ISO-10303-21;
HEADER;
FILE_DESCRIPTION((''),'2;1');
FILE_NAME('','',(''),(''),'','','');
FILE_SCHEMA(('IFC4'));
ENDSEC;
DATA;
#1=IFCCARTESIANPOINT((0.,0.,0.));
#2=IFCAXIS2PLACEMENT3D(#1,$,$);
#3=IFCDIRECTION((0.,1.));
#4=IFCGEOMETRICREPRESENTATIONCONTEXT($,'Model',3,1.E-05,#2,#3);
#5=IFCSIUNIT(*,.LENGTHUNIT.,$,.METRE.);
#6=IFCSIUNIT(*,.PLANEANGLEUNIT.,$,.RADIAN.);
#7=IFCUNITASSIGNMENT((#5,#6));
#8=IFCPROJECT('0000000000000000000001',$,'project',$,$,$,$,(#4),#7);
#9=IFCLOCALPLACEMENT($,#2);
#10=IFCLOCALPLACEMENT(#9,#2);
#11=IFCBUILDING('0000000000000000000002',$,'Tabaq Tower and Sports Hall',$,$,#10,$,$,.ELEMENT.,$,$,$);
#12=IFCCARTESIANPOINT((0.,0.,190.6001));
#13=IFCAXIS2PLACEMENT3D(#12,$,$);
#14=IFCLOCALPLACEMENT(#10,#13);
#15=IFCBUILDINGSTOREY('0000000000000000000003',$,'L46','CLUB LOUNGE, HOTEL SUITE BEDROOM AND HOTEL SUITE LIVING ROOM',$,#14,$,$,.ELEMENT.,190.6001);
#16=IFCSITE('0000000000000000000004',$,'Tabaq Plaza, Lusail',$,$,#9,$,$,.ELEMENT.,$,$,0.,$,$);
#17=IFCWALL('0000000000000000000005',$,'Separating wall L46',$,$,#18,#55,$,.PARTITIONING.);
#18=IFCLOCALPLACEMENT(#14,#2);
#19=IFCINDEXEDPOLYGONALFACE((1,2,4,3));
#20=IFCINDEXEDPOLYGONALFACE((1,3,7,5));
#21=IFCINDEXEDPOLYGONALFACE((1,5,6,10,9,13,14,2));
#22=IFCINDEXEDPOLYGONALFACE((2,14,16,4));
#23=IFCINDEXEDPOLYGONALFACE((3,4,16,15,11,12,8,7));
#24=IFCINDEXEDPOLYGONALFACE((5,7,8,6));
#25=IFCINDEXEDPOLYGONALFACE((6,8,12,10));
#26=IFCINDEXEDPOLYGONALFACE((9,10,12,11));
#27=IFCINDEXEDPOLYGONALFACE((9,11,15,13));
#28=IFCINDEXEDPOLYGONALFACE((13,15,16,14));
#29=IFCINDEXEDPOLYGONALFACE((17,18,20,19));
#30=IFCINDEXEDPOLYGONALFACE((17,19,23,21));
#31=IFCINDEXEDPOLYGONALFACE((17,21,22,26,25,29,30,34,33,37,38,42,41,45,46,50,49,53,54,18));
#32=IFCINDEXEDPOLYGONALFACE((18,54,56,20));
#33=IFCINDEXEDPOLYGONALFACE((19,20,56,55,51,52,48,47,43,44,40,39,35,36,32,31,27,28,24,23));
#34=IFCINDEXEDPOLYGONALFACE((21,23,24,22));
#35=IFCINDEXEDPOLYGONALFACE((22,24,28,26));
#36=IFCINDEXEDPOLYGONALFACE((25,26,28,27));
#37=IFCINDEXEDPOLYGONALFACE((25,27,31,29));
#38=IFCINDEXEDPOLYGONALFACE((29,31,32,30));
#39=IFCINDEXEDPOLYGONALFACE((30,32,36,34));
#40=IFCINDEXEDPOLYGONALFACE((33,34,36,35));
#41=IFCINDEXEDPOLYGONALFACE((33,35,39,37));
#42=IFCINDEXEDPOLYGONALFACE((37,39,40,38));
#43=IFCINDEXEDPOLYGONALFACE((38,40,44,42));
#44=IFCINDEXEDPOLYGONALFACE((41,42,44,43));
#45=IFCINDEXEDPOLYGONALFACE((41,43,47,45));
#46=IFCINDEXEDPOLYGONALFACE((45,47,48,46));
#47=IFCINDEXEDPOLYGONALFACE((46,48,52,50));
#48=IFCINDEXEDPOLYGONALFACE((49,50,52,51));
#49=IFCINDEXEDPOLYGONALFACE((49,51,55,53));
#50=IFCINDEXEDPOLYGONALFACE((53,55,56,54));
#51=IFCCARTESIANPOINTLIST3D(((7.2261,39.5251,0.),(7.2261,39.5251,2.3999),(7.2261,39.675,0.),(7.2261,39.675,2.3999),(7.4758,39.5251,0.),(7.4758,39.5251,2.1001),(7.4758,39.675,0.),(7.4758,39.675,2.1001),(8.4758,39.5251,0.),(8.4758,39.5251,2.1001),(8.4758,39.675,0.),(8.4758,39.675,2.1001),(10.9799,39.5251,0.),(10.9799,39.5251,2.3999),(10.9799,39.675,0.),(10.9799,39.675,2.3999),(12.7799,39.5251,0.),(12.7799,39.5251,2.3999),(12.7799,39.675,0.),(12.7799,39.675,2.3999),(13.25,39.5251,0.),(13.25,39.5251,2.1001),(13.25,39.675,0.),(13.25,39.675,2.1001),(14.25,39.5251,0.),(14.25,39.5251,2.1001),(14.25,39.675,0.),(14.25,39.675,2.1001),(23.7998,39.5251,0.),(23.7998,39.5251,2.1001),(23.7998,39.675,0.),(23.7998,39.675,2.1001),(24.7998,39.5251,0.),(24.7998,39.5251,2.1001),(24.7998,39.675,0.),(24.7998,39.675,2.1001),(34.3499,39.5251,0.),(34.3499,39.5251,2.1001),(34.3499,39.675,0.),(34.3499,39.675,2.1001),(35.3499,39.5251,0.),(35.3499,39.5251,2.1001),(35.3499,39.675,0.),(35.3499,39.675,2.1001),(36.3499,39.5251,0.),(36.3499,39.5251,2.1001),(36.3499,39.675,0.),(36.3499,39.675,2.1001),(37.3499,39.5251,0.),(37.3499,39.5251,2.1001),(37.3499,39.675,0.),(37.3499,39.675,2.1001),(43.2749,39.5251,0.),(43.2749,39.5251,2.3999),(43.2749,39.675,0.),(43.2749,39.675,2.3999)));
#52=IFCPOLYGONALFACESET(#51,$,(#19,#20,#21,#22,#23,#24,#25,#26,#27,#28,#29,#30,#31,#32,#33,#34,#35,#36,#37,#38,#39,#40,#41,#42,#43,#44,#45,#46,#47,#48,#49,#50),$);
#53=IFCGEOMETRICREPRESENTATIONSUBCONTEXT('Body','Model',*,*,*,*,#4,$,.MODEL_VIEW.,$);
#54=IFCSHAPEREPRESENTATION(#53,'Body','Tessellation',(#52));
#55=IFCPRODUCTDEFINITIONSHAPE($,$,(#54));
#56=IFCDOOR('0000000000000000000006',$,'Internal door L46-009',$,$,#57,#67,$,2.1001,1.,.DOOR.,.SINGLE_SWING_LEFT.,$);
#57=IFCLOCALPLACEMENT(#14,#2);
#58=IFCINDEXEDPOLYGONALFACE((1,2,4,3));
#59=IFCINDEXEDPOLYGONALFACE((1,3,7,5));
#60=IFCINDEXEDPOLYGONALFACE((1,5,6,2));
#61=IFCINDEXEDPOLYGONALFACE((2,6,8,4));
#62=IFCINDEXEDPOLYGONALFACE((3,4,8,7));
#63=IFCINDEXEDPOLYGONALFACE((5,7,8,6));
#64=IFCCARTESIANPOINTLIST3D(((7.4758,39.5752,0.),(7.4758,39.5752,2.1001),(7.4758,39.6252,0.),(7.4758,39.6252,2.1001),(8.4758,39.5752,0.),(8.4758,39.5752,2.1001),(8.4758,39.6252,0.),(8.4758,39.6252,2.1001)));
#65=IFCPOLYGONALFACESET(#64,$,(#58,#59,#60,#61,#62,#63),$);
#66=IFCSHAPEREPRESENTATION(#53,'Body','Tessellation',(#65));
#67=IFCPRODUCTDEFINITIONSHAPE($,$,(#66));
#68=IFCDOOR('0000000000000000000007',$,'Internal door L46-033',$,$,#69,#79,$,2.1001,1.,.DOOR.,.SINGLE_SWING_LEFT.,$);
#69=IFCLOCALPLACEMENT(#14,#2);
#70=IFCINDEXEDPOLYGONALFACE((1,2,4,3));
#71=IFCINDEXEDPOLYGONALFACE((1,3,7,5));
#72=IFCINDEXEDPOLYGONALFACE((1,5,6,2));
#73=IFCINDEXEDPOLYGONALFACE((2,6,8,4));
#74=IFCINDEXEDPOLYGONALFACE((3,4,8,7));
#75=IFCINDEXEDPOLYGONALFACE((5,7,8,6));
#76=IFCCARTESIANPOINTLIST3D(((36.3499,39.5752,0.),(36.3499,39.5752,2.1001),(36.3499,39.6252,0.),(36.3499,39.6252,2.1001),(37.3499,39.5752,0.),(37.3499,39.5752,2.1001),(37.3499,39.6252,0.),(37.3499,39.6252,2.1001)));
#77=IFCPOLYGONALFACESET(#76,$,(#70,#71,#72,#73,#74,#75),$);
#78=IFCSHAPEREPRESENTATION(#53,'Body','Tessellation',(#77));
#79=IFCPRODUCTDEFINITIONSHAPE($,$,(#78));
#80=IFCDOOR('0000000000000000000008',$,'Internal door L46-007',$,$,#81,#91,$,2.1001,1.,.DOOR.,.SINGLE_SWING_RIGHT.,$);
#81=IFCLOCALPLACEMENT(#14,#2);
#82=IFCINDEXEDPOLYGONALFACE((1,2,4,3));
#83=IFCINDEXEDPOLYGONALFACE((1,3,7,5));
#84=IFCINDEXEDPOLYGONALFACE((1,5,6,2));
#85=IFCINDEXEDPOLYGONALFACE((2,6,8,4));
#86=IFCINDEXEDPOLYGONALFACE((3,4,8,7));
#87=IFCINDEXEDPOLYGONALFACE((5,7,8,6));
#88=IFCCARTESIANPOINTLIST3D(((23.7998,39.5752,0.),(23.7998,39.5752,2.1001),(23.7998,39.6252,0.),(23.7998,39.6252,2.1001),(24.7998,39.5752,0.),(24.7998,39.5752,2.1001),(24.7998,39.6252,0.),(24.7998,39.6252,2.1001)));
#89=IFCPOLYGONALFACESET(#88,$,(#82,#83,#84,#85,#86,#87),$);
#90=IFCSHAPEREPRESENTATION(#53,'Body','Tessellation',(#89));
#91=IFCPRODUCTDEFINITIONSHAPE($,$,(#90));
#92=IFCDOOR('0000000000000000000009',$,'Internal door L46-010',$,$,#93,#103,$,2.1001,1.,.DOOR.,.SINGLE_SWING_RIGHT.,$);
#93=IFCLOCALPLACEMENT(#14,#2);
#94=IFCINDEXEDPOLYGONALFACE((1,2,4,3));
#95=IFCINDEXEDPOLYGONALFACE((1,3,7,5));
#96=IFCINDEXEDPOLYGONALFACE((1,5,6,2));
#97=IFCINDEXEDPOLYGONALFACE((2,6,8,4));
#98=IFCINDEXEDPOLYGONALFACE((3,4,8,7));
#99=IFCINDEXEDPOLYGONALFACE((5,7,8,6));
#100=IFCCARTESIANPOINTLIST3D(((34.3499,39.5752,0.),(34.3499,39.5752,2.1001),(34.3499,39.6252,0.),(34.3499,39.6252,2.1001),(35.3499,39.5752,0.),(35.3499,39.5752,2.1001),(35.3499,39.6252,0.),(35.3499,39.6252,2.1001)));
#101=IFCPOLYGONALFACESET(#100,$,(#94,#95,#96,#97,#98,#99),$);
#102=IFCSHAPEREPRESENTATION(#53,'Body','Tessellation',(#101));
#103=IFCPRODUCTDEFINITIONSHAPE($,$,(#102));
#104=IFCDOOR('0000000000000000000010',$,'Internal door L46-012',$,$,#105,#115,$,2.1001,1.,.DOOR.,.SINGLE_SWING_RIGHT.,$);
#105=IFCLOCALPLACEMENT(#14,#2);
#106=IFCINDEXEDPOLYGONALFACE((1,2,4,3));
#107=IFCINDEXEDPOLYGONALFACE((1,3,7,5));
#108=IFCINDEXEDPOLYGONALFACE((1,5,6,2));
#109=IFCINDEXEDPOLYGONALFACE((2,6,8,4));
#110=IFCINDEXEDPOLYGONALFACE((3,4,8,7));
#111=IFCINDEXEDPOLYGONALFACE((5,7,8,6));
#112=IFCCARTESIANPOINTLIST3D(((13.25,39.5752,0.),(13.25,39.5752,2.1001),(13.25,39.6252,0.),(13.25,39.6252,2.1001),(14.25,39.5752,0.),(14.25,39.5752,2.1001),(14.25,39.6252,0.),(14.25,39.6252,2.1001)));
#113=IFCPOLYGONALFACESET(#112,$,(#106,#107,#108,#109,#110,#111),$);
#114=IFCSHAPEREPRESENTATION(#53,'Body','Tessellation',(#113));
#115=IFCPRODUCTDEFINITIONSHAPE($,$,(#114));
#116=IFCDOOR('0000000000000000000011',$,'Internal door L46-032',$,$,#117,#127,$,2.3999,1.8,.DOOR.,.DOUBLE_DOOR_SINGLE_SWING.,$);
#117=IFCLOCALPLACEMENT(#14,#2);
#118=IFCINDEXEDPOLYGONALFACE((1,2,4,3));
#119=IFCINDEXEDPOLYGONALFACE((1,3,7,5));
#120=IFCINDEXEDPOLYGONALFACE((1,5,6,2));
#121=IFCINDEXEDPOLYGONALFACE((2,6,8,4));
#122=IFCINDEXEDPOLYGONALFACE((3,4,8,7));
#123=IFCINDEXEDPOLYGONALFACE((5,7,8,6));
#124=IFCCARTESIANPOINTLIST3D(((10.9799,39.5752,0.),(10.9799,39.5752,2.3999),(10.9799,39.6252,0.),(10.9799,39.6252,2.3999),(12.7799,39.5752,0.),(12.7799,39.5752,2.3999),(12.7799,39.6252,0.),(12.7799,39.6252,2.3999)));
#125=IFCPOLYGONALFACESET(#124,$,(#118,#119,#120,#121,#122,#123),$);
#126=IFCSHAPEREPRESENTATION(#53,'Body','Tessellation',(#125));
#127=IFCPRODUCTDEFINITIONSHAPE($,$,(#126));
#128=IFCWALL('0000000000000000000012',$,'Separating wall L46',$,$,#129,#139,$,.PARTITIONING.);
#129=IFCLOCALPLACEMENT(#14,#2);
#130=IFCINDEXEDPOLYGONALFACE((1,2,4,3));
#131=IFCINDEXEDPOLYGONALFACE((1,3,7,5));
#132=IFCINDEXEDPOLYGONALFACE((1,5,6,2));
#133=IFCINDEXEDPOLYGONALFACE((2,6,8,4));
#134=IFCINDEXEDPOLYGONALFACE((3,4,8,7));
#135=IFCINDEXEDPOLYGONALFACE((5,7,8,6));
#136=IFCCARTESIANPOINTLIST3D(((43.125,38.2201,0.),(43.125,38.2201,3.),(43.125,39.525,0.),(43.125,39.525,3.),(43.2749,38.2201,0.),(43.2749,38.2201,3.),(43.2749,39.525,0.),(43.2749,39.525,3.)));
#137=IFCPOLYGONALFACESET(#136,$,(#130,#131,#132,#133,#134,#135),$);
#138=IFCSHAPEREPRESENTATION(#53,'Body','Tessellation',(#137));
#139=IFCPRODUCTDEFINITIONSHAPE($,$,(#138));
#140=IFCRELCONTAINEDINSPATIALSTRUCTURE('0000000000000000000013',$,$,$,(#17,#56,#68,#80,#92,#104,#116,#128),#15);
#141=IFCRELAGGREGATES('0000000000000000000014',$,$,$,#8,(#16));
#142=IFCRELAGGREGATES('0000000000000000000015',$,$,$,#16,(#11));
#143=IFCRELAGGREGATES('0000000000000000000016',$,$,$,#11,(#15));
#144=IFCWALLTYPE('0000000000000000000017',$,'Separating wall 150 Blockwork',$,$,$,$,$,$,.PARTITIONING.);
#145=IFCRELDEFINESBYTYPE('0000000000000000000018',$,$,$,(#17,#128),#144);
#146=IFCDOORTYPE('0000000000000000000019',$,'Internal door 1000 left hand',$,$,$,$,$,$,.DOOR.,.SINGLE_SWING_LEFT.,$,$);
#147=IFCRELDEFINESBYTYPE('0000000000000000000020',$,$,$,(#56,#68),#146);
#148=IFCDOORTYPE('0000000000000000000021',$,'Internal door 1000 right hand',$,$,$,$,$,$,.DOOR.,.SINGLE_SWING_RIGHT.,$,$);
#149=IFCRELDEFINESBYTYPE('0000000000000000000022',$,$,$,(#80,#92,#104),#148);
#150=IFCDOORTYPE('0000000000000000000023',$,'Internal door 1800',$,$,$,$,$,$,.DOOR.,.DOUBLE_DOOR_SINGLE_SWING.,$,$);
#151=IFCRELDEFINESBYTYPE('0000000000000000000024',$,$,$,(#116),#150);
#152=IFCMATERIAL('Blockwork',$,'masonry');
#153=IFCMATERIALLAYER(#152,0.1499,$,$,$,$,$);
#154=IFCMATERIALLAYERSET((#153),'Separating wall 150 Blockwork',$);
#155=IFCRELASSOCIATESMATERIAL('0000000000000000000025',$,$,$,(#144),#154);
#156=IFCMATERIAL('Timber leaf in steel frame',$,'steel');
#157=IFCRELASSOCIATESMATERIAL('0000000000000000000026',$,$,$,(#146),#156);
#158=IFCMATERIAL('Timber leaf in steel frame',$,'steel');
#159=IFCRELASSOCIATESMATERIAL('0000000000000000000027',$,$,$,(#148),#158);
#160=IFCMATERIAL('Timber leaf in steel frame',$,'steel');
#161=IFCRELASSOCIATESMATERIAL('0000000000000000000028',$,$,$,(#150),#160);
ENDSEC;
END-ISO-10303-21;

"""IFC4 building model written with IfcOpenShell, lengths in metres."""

from ifc_helpers import new_model, si_unit, direction, frame, frame_2d, origin, place, context, subcontext, project, spatial, rectangle, extrude, material, layer, layer_set, type_object, element, fill, save


model = new_model("IFC4")

# Units and contexts
model_context = context("Model", 3, precision=1e-05, world=origin(), true_north=direction((0.0, 1.0)))
body_context = subcontext(model_context, "Body", "Model", "MODEL_VIEW")
ifc_project = project(units=[si_unit("LENGTHUNIT", "METRE"), si_unit("PLANEANGLEUNIT", "RADIAN")], contexts=[model_context])

# Site, building, storey
site_placement = place(None, origin())
site = spatial("IfcSite", under=ifc_project, at=site_placement, Name="Tabaq Plaza, Lusail", CompositionType="ELEMENT", RefElevation=0.0)
building_placement = place(site_placement, origin())
building = spatial("IfcBuilding", under=site, at=building_placement, Name="Tabaq Tower and Sports Hall", CompositionType="ELEMENT")
storey_placement = place(building_placement, frame((0.0, 0.0, 190.6001)))
storey = spatial("IfcBuildingStorey", under=building, at=storey_placement, Name="L46", Description="CLUB LOUNGE, HOTEL SUITE BEDROOM AND HOTEL SUITE LIVING ROOM", CompositionType="ELEMENT", Elevation=190.6001)

# Wall, openings, doors
ifc_material_1 = material(Name="Blockwork", Category="masonry")
ifc_layer_1 = layer(ifc_material_1, 0.1499)
ifc_layer_set_1 = layer_set([ifc_layer_1], Name="Separating wall 150 Blockwork")
wall_type = type_object("IfcWallType", Name="Separating wall 150 Blockwork", PredefinedType="PARTITIONING", material=ifc_layer_set_1)
wall_1_placement = place(storey_placement, frame((43.2749, 39.6001, 0.0), z_axis=(0.0, 0.0, 1.0), x_axis=(-1.0, 0.0, 0.0)))
wall_1 = element("IfcWall", 1, at=wall_1_placement, inside=storey, type_object=wall_type, Name="Separating wall L46", PredefinedType="PARTITIONING", context=body_context, shape_type="SweptSolid", body=[
    extrude(rectangle(XDim=36.0488, YDim=0.1499, at=frame_2d((18.0244, 0.0))), origin(), (0.0, 0.0, 1.0), 2.3999),
])
opening_1_placement = place(wall_1_placement, frame((18.4751, 0.0, 0.0)))
opening_1 = element("IfcOpeningElement", 2, at=opening_1_placement, cuts=wall_1, PredefinedType="OPENING", context=body_context, shape_type="SweptSolid", body=[
    extrude(rectangle(XDim=1.0, YDim=2.1001, at=frame_2d((0.5, 1.05))), frame((0.0, 0.075, 0.0), z_axis=(0.0, -1.0, 0.0), x_axis=(1.0, 0.0, 0.0)), (0.0, 0.0, 1.0), 0.1499),
])
opening_2_placement = place(wall_1_placement, frame((34.7991, 0.0, 0.0)))
opening_2 = element("IfcOpeningElement", 3, at=opening_2_placement, cuts=wall_1, PredefinedType="OPENING", context=body_context, shape_type="SweptSolid", body=[
    extrude(rectangle(XDim=1.0, YDim=2.1001, at=frame_2d((0.5, 1.05))), frame((0.0, 0.075, 0.0), z_axis=(0.0, -1.0, 0.0), x_axis=(1.0, 0.0, 0.0)), (0.0, 0.0, 1.0), 0.1499),
])
opening_3_placement = place(wall_1_placement, frame((7.925, 0.0, 0.0)))
opening_3 = element("IfcOpeningElement", 4, at=opening_3_placement, cuts=wall_1, PredefinedType="OPENING", context=body_context, shape_type="SweptSolid", body=[
    extrude(rectangle(XDim=1.0, YDim=2.1001, at=frame_2d((0.5, 1.05))), frame((0.0, 0.075, 0.0), z_axis=(0.0, -1.0, 0.0), x_axis=(1.0, 0.0, 0.0)), (0.0, 0.0, 1.0), 0.1499),
])
opening_4_placement = place(wall_1_placement, frame((29.0249, 0.0, 0.0)))
opening_4 = element("IfcOpeningElement", 5, at=opening_4_placement, cuts=wall_1, PredefinedType="OPENING", context=body_context, shape_type="SweptSolid", body=[
    extrude(rectangle(XDim=1.0, YDim=2.1001, at=frame_2d((0.5, 1.05))), frame((0.0, 0.075, 0.0), z_axis=(0.0, -1.0, 0.0), x_axis=(1.0, 0.0, 0.0)), (0.0, 0.0, 1.0), 0.1499),
])
opening_5_placement = place(wall_1_placement, frame((30.4951, 0.0, 0.0)))
opening_5 = element("IfcOpeningElement", 6, at=opening_5_placement, cuts=wall_1, PredefinedType="OPENING", context=body_context, shape_type="SweptSolid", body=[
    extrude(rectangle(XDim=1.8, YDim=2.3999, at=frame_2d((0.8999, 1.2))), frame((0.0, 0.075, 0.0), z_axis=(0.0, -1.0, 0.0), x_axis=(1.0, 0.0, 0.0)), (0.0, 0.0, 1.0), 0.1499),
])
opening_6_placement = place(wall_1_placement, frame((5.925, 0.0, 0.0)))
opening_6 = element("IfcOpeningElement", 7, at=opening_6_placement, cuts=wall_1, PredefinedType="OPENING", context=body_context, shape_type="SweptSolid", body=[
    extrude(rectangle(XDim=1.0, YDim=2.1001, at=frame_2d((0.5, 1.05))), frame((0.0, 0.075, 0.0), z_axis=(0.0, -1.0, 0.0), x_axis=(1.0, 0.0, 0.0)), (0.0, 0.0, 1.0), 0.1499),
])
ifc_material_2 = material(Name="Timber leaf in steel frame", Category="steel")
door_type_1 = type_object("IfcDoorType", Name="Internal door 1000 left hand", OperationType="SINGLE_SWING_LEFT", PredefinedType="DOOR", material=ifc_material_2)
door_1_placement = place(opening_2_placement, origin())
door_1 = element("IfcDoor", 8, at=door_1_placement, inside=storey, type_object=door_type_1, Name="Internal door L46-009", OperationType="SINGLE_SWING_LEFT", OverallHeight=2.1001, OverallWidth=1.0, PredefinedType="DOOR", context=body_context, shape_type="SweptSolid", body=[
    extrude(rectangle(XDim=1.0, YDim=2.1001, at=frame_2d((0.5, 1.05))), frame((0.0, 0.0249, 0.0), z_axis=(0.0, -1.0, 0.0), x_axis=(1.0, 0.0, 0.0)), (0.0, 0.0, 1.0), 0.05),
])
fill(opening_2, door_1)
door_2_placement = place(opening_6_placement, origin())
door_2 = element("IfcDoor", 9, at=door_2_placement, inside=storey, type_object=door_type_1, Name="Internal door L46-033", OperationType="SINGLE_SWING_LEFT", OverallHeight=2.1001, OverallWidth=1.0, PredefinedType="DOOR", context=body_context, shape_type="SweptSolid", body=[
    extrude(rectangle(XDim=1.0, YDim=2.1001, at=frame_2d((0.5, 1.05))), frame((0.0, 0.0249, 0.0), z_axis=(0.0, -1.0, 0.0), x_axis=(1.0, 0.0, 0.0)), (0.0, 0.0, 1.0), 0.05),
])
fill(opening_6, door_2)
ifc_material_3 = material(Name="Timber leaf in steel frame", Category="steel")
door_type_2 = type_object("IfcDoorType", Name="Internal door 1000 right hand", OperationType="SINGLE_SWING_RIGHT", PredefinedType="DOOR", material=ifc_material_3)
door_3_placement = place(opening_1_placement, origin())
door_3 = element("IfcDoor", 10, at=door_3_placement, inside=storey, type_object=door_type_2, Name="Internal door L46-007", OperationType="SINGLE_SWING_RIGHT", OverallHeight=2.1001, OverallWidth=1.0, PredefinedType="DOOR", context=body_context, shape_type="SweptSolid", body=[
    extrude(rectangle(XDim=1.0, YDim=2.1001, at=frame_2d((0.5, 1.05))), frame((0.0, 0.0249, 0.0), z_axis=(0.0, -1.0, 0.0), x_axis=(1.0, 0.0, 0.0)), (0.0, 0.0, 1.0), 0.05),
])
fill(opening_1, door_3)
door_4_placement = place(opening_3_placement, origin())
door_4 = element("IfcDoor", 11, at=door_4_placement, inside=storey, type_object=door_type_2, Name="Internal door L46-010", OperationType="SINGLE_SWING_RIGHT", OverallHeight=2.1001, OverallWidth=1.0, PredefinedType="DOOR", context=body_context, shape_type="SweptSolid", body=[
    extrude(rectangle(XDim=1.0, YDim=2.1001, at=frame_2d((0.5, 1.05))), frame((0.0, 0.0249, 0.0), z_axis=(0.0, -1.0, 0.0), x_axis=(1.0, 0.0, 0.0)), (0.0, 0.0, 1.0), 0.05),
])
fill(opening_3, door_4)
door_5_placement = place(opening_4_placement, origin())
door_5 = element("IfcDoor", 12, at=door_5_placement, inside=storey, type_object=door_type_2, Name="Internal door L46-012", OperationType="SINGLE_SWING_RIGHT", OverallHeight=2.1001, OverallWidth=1.0, PredefinedType="DOOR", context=body_context, shape_type="SweptSolid", body=[
    extrude(rectangle(XDim=1.0, YDim=2.1001, at=frame_2d((0.5, 1.05))), frame((0.0, 0.0249, 0.0), z_axis=(0.0, -1.0, 0.0), x_axis=(1.0, 0.0, 0.0)), (0.0, 0.0, 1.0), 0.05),
])
fill(opening_4, door_5)
ifc_material_4 = material(Name="Timber leaf in steel frame", Category="steel")
door_type_3 = type_object("IfcDoorType", Name="Internal door 1800", OperationType="DOUBLE_DOOR_SINGLE_SWING", PredefinedType="DOOR", material=ifc_material_4)
door_6_placement = place(opening_5_placement, origin())
door_6 = element("IfcDoor", 13, at=door_6_placement, inside=storey, type_object=door_type_3, Name="Internal door L46-032", OperationType="DOUBLE_DOOR_SINGLE_SWING", OverallHeight=2.3999, OverallWidth=1.8, PredefinedType="DOOR", context=body_context, shape_type="SweptSolid", body=[
    extrude(rectangle(XDim=1.8, YDim=2.3999, at=frame_2d((0.8999, 1.2))), frame((0.0, 0.0249, 0.0), z_axis=(0.0, -1.0, 0.0), x_axis=(1.0, 0.0, 0.0)), (0.0, 0.0, 1.0), 0.05),
])
fill(opening_5, door_6)

# Wall
wall_2_placement = place(storey_placement, frame((43.2, 39.5249, 0.0), z_axis=(0.0, 0.0, 1.0), x_axis=(0.0, -1.0, 0.0)))
element("IfcWall", 14, at=wall_2_placement, inside=storey, type_object=wall_type, Name="Separating wall L46", PredefinedType="PARTITIONING", context=body_context, shape_type="SweptSolid", body=[
    extrude(rectangle(XDim=1.3049, YDim=0.1499, at=frame_2d((0.6523, 0.0))), origin(), (0.0, 0.0, 1.0), 3.0),
])

save(model, "model.ifc")
